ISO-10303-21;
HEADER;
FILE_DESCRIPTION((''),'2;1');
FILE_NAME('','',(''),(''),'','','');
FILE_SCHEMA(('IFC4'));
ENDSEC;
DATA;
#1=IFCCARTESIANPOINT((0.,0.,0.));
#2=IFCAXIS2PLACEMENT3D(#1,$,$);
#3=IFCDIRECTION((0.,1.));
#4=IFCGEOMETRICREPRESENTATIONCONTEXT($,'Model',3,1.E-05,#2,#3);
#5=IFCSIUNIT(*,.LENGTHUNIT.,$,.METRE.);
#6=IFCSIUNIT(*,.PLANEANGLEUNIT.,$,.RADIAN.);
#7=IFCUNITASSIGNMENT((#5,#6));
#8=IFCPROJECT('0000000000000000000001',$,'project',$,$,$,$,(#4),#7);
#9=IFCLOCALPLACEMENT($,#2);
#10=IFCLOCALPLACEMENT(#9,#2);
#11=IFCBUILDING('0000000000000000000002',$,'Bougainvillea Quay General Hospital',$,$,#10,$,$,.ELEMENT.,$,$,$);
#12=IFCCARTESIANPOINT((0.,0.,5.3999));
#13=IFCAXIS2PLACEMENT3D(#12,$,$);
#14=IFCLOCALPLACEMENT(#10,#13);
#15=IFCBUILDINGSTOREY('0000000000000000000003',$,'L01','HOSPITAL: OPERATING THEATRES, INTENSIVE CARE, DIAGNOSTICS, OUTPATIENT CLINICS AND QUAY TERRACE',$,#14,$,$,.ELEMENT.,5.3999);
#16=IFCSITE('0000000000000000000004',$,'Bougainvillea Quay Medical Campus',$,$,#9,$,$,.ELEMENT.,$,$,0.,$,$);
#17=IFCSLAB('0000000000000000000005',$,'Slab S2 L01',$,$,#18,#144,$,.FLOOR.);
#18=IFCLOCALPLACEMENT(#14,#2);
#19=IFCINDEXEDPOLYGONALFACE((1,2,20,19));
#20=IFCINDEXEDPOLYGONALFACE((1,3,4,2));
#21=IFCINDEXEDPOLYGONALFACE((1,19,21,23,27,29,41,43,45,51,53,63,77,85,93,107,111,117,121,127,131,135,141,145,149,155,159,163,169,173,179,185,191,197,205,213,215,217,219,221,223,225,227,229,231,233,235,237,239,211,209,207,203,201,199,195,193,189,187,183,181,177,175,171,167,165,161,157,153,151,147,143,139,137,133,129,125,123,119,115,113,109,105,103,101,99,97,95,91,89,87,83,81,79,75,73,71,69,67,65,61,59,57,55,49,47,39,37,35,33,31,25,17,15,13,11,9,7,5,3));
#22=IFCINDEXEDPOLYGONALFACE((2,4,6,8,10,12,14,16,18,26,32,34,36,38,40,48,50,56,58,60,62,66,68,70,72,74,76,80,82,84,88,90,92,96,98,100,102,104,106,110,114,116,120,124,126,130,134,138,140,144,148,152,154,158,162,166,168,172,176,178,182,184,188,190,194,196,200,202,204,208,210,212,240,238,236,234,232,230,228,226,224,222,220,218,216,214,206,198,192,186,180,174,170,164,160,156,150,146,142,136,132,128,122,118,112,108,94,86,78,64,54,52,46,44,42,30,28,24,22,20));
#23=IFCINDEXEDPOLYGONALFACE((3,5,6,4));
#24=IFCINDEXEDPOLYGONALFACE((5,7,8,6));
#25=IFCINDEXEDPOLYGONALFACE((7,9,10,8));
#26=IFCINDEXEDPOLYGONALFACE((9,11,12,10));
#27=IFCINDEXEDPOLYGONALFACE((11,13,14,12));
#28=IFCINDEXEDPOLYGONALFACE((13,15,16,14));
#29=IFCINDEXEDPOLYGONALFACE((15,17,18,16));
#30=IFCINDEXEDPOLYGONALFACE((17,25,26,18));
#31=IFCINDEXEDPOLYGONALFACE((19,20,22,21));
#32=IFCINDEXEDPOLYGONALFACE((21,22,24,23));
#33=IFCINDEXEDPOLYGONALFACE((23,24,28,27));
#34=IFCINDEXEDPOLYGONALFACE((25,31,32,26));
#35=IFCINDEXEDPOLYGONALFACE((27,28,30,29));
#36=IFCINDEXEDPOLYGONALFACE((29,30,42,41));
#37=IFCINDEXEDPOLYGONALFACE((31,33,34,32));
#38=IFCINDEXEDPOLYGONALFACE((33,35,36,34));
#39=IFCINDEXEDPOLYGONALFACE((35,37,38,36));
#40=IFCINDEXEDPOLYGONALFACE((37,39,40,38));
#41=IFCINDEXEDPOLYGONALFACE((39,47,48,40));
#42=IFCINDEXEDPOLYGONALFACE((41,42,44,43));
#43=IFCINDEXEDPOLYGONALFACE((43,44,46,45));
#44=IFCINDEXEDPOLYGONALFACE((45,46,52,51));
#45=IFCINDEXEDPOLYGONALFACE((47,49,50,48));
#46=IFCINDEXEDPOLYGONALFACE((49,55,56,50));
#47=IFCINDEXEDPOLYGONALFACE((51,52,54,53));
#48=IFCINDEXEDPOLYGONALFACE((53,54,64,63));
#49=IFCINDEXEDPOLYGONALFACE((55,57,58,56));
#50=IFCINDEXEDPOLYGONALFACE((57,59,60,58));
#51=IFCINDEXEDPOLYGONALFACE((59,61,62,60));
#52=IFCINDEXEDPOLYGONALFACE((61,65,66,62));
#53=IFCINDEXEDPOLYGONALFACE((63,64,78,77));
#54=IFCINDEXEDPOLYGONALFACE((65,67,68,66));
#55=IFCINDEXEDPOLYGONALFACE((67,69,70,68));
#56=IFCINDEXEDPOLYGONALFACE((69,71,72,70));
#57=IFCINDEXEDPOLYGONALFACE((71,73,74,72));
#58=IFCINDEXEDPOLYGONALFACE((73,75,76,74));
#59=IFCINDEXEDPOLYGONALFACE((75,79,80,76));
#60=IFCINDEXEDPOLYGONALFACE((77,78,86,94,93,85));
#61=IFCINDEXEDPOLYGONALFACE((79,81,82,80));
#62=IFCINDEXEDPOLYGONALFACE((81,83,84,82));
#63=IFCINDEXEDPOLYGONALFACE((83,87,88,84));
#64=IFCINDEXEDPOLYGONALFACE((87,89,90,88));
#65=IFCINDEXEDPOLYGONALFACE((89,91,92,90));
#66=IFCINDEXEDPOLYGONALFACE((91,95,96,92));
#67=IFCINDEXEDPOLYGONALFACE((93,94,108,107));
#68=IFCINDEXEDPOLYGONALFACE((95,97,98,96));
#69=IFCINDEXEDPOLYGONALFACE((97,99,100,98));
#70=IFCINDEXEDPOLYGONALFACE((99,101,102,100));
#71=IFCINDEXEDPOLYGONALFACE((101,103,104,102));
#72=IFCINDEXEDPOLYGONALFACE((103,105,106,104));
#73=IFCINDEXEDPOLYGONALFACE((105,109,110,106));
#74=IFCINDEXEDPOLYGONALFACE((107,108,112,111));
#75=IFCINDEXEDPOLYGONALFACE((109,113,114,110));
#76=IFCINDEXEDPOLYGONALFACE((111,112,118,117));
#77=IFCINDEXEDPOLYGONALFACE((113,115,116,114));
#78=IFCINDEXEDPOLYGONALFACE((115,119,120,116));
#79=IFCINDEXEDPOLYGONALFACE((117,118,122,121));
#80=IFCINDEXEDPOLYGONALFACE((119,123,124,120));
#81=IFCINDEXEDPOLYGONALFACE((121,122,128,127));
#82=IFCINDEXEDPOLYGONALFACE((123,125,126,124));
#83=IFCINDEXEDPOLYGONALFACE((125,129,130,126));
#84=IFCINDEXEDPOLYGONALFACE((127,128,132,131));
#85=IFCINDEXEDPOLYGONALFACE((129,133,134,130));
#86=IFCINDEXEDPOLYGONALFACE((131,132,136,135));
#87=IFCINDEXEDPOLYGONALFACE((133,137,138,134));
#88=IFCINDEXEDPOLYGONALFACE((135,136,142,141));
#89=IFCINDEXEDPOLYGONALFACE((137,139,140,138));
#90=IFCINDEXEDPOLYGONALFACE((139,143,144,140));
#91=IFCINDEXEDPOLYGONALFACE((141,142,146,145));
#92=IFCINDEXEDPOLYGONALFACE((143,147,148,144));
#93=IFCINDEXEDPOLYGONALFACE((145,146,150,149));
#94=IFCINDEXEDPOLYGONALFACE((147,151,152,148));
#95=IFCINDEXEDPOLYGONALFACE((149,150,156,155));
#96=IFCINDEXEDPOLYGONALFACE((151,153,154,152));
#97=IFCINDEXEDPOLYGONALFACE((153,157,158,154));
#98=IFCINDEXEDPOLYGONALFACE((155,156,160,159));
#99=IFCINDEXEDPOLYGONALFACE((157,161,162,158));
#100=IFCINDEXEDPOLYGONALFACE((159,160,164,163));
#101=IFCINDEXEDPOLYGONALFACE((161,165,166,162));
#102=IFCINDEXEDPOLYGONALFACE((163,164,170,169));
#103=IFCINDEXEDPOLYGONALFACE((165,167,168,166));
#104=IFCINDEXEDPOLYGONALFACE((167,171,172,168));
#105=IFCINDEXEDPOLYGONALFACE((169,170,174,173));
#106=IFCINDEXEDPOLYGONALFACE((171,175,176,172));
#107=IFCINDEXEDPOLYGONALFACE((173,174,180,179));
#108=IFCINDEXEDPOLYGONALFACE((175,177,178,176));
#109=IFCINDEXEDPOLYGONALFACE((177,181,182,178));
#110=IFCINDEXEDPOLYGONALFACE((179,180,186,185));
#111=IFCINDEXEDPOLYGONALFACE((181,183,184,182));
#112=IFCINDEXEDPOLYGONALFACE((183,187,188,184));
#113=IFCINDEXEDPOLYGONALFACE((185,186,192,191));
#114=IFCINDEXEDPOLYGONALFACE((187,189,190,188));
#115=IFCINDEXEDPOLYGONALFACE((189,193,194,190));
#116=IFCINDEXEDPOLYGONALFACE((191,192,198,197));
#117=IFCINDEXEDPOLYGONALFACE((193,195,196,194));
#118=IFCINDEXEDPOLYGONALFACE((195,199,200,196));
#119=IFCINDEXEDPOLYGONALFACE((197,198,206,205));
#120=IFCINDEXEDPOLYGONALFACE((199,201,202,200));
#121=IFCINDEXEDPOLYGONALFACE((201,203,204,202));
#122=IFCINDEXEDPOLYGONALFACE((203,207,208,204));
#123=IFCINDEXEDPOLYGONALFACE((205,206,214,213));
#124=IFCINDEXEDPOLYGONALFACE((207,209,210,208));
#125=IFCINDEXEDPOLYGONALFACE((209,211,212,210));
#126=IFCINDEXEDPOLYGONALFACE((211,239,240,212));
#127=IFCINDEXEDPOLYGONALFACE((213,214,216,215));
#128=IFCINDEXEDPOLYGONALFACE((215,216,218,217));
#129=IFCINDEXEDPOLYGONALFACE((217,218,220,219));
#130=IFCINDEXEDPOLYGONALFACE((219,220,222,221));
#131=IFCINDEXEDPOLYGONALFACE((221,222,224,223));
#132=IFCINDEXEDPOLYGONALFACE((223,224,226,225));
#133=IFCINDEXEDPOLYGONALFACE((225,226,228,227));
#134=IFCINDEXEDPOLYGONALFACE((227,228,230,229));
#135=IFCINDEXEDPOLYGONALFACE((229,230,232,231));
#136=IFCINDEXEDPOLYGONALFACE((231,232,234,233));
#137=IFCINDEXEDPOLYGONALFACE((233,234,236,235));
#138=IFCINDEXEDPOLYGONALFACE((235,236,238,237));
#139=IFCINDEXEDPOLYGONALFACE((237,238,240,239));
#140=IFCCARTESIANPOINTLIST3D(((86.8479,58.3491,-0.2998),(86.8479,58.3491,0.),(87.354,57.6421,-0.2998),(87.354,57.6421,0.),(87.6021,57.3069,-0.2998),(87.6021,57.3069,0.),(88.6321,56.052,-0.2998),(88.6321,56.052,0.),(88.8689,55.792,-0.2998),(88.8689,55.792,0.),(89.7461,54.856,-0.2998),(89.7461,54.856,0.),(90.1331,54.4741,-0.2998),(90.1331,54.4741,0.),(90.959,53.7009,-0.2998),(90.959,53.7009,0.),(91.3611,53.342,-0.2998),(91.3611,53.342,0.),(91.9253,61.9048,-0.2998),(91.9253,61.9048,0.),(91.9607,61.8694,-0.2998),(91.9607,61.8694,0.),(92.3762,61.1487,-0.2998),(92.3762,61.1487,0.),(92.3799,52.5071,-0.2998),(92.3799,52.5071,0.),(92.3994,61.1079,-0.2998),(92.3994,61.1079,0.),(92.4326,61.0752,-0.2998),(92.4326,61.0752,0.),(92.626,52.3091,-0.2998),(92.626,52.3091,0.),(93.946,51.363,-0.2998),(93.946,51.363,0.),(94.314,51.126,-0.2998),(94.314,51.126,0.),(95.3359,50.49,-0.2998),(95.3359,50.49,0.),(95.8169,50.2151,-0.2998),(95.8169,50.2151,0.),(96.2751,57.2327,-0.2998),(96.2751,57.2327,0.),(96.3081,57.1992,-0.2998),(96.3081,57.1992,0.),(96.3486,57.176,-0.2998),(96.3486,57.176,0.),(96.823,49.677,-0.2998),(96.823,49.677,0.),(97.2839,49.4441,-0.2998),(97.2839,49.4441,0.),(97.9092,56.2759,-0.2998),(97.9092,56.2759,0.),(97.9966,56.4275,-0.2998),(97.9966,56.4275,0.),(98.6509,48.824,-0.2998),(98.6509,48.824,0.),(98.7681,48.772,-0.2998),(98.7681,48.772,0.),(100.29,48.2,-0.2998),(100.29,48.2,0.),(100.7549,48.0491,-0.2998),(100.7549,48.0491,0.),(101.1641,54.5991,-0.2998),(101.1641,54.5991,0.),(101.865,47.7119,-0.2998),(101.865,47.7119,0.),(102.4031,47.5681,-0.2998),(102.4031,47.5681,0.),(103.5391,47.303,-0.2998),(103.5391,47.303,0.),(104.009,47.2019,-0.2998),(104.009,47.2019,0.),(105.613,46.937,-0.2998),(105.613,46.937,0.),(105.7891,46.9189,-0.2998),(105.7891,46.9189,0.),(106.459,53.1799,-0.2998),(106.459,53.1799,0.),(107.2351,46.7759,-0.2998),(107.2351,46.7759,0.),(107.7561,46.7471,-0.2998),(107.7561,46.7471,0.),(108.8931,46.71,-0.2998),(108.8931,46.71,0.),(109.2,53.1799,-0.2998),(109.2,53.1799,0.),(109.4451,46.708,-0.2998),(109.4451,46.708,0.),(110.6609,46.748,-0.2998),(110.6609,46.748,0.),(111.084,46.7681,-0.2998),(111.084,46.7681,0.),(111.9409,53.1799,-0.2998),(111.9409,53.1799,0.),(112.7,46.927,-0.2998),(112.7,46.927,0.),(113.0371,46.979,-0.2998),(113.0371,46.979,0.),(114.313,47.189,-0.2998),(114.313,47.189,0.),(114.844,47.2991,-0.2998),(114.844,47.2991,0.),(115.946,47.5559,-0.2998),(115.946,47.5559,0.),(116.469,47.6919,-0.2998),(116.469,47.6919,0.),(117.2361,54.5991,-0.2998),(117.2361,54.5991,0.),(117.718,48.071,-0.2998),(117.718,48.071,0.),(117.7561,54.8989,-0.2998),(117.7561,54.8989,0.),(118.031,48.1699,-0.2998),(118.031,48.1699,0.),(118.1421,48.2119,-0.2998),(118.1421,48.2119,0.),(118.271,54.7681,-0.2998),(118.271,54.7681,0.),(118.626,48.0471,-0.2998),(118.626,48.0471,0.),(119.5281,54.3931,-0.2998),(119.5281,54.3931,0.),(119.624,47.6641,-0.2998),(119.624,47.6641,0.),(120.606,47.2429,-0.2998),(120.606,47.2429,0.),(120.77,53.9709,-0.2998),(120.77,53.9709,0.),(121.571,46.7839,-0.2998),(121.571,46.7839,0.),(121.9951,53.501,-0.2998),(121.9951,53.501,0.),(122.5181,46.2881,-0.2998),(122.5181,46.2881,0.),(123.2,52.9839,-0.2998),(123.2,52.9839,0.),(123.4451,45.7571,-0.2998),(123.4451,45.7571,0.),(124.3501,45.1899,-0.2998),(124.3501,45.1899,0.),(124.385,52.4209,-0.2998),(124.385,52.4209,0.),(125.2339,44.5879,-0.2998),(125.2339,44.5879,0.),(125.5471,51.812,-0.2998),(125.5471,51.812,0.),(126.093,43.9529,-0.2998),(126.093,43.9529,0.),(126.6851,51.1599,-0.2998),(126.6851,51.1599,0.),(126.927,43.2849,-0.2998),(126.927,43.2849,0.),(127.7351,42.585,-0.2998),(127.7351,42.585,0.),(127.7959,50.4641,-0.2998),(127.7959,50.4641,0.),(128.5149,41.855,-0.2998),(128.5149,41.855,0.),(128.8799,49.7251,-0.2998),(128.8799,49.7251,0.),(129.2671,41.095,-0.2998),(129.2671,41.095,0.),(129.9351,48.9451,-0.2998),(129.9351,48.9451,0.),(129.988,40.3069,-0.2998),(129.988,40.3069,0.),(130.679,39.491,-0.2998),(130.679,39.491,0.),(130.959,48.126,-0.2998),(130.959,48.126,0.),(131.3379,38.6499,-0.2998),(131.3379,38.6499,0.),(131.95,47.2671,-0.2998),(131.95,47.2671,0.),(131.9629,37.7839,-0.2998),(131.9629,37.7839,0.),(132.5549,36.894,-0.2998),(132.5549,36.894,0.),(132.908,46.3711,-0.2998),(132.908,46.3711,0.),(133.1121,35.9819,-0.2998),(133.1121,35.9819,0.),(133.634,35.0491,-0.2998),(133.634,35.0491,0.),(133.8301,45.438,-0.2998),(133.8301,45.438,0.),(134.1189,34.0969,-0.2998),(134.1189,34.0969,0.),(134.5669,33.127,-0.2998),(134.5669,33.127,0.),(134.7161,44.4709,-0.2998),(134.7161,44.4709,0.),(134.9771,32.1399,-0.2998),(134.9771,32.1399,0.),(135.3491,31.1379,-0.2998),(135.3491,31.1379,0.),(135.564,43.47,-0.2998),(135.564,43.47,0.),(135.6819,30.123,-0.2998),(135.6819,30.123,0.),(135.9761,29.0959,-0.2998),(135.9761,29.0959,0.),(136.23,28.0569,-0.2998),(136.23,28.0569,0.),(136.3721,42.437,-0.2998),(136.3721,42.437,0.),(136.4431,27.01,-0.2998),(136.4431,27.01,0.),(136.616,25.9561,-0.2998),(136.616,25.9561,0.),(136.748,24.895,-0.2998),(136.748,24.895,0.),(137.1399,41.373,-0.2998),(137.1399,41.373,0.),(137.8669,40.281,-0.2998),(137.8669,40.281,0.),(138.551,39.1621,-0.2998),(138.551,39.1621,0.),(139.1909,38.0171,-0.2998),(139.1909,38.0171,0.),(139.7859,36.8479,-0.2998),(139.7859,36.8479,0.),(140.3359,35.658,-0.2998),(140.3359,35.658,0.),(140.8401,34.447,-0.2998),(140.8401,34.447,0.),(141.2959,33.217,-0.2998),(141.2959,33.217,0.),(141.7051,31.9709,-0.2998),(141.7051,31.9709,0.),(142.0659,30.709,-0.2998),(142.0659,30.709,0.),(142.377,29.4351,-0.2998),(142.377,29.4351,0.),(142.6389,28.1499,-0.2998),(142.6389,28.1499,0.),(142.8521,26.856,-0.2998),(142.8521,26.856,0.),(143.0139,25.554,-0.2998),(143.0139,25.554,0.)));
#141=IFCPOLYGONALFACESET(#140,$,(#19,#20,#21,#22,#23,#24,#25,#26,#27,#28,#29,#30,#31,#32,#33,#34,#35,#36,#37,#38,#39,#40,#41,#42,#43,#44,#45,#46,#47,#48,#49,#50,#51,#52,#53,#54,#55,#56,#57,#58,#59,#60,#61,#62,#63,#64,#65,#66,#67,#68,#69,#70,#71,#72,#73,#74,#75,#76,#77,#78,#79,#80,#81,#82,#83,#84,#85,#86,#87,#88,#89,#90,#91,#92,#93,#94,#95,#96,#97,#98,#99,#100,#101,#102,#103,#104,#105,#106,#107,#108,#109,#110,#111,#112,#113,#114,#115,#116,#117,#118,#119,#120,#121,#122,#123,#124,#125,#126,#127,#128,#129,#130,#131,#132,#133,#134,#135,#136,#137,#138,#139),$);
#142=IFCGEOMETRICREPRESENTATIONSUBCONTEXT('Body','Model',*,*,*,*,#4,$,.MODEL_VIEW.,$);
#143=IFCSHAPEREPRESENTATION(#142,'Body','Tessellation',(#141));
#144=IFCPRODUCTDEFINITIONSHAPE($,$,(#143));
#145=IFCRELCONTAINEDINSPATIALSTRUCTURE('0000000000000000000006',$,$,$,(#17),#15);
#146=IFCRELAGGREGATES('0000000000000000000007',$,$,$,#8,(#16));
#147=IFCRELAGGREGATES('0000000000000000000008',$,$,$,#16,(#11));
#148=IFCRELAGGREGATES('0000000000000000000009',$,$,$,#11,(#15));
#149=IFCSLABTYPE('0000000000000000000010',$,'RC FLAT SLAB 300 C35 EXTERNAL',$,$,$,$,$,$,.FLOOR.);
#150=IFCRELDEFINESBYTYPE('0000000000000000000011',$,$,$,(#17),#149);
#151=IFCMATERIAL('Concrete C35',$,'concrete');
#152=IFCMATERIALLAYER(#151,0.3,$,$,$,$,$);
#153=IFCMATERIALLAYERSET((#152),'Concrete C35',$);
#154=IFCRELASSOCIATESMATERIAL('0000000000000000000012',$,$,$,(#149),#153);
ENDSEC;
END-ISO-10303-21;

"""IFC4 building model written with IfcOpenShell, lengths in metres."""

from ifc_helpers import new_model, si_unit, direction, frame, origin, place, context, subcontext, project, spatial, polyline, outline, extrude, material, layer, layer_set, type_object, element, save


model = new_model("IFC4")

# Units and contexts
model_context = context("Model", 3, precision=1e-05, world=origin(), true_north=direction((0.0, 1.0)))
body_context = subcontext(model_context, "Body", "Model", "MODEL_VIEW")
ifc_project = project(units=[si_unit("LENGTHUNIT", "METRE"), si_unit("PLANEANGLEUNIT", "RADIAN")], contexts=[model_context])

# Site, building, storey
site_placement = place(None, origin())
site = spatial("IfcSite", under=ifc_project, at=site_placement, Name="Bougainvillea Quay Medical Campus", CompositionType="ELEMENT", RefElevation=0.0)
building_placement = place(site_placement, origin())
building = spatial("IfcBuilding", under=site, at=building_placement, Name="Bougainvillea Quay General Hospital", CompositionType="ELEMENT")
storey_placement = place(building_placement, frame((0.0, 0.0, 5.3999)))
storey = spatial("IfcBuildingStorey", under=building, at=storey_placement, Name="L01", Description="HOSPITAL: OPERATING THEATRES, INTENSIVE CARE, DIAGNOSTICS, OUTPATIENT CLINICS AND QUAY TERRACE", CompositionType="ELEMENT", Elevation=5.3999)

# Slab
ifc_material_1 = material(Name="Concrete C35", Category="concrete")
ifc_layer_1 = layer(ifc_material_1, 0.3)
ifc_layer_set_1 = layer_set([ifc_layer_1], Name="Concrete C35")
slab_type_1 = type_object("IfcSlabType", Name="RC FLAT SLAB 300 C35 EXTERNAL", PredefinedType="FLOOR", material=ifc_layer_set_1)
slab_1_placement = place(storey_placement, frame((0.0, 0.0, -0.2998)))
element("IfcSlab", 1, at=slab_1_placement, inside=storey, type_object=slab_type_1, Name="Slab S2 L01", PredefinedType="FLOOR", context=body_context, shape_type="SweptSolid", body=[
    extrude(outline(polyline([(121.9951, 53.501), (123.2, 52.9839), (124.385, 52.4209), (125.5471, 51.812), (126.6851, 51.1599), (127.7959, 50.4641), (128.8799, 49.7251), (129.9351, 48.9451), (130.959, 48.126), (131.95, 47.2671), (132.908, 46.3711), (133.8301, 45.438), (134.7161, 44.4709), (135.564, 43.47), (136.3721, 42.437), (137.1399, 41.373), (137.8669, 40.281), (138.551, 39.1621), (139.1909, 38.0171), (139.7859, 36.8479), (140.3359, 35.658), (140.8401, 34.447), (141.2959, 33.217), (141.7051, 31.9709), (142.0659, 30.709), (142.377, 29.4351), (142.6389, 28.1499), (142.8521, 26.856), (143.0139, 25.554), (136.748, 24.895), (136.616, 25.9561), (136.4431, 27.01), (136.23, 28.0569), (135.9761, 29.0959), (135.6819, 30.123), (135.3491, 31.1379), (134.9771, 32.1399), (134.5669, 33.127), (134.1189, 34.0969), (133.634, 35.0491), (133.1121, 35.9819), (132.5549, 36.894), (131.9629, 37.7839), (131.3379, 38.6499), (130.679, 39.491), (129.988, 40.3069), (129.2671, 41.095), (128.5149, 41.855), (127.7351, 42.585), (126.927, 43.2849), (126.093, 43.9529), (125.2339, 44.5879), (124.3501, 45.1899), (123.4451, 45.7571), (122.5181, 46.2881), (121.571, 46.7839), (120.606, 47.2429), (119.624, 47.6641), (118.626, 48.0471), (118.1421, 48.2119), (118.031, 48.1699), (117.718, 48.071), (116.469, 47.6919), (115.946, 47.5559), (114.844, 47.2991), (114.313, 47.189), (113.0371, 46.979), (112.7, 46.927), (111.084, 46.7681), (110.6609, 46.748), (109.4451, 46.708), (108.8931, 46.71), (107.7561, 46.7471), (107.2351, 46.7759), (105.7891, 46.9189), (105.613, 46.937), (104.009, 47.2019), (103.5391, 47.303), (102.4031, 47.5681), (101.865, 47.7119), (100.7549, 48.0491), (100.29, 48.2), (98.7681, 48.772), (98.6509, 48.824), (97.2839, 49.4441), (96.823, 49.677), (95.8169, 50.2151), (95.3359, 50.49), (94.314, 51.126), (93.946, 51.363), (92.626, 52.3091), (92.3799, 52.5071), (91.3611, 53.342), (90.959, 53.7009), (90.1331, 54.4741), (89.7461, 54.856), (88.8689, 55.792), (88.6321, 56.052), (87.6021, 57.3069), (87.354, 57.6421), (86.8479, 58.3491), (91.9253, 61.9048), (91.9607, 61.8694), (92.3762, 61.1487), (92.3994, 61.1079), (92.4326, 61.0752), (96.2751, 57.2327), (96.3081, 57.1992), (96.3486, 57.176), (97.9092, 56.2759), (97.9966, 56.4275), (101.1641, 54.5991), (106.459, 53.1799), (109.2, 53.1799), (111.9409, 53.1799), (117.2361, 54.5991), (117.7561, 54.8989), (118.271, 54.7681), (119.5281, 54.3931), (120.77, 53.9709), (121.9951, 53.501)])), origin(), (0.0, 0.0, 1.0), 0.2998),
])

save(model, "model.ifc")
